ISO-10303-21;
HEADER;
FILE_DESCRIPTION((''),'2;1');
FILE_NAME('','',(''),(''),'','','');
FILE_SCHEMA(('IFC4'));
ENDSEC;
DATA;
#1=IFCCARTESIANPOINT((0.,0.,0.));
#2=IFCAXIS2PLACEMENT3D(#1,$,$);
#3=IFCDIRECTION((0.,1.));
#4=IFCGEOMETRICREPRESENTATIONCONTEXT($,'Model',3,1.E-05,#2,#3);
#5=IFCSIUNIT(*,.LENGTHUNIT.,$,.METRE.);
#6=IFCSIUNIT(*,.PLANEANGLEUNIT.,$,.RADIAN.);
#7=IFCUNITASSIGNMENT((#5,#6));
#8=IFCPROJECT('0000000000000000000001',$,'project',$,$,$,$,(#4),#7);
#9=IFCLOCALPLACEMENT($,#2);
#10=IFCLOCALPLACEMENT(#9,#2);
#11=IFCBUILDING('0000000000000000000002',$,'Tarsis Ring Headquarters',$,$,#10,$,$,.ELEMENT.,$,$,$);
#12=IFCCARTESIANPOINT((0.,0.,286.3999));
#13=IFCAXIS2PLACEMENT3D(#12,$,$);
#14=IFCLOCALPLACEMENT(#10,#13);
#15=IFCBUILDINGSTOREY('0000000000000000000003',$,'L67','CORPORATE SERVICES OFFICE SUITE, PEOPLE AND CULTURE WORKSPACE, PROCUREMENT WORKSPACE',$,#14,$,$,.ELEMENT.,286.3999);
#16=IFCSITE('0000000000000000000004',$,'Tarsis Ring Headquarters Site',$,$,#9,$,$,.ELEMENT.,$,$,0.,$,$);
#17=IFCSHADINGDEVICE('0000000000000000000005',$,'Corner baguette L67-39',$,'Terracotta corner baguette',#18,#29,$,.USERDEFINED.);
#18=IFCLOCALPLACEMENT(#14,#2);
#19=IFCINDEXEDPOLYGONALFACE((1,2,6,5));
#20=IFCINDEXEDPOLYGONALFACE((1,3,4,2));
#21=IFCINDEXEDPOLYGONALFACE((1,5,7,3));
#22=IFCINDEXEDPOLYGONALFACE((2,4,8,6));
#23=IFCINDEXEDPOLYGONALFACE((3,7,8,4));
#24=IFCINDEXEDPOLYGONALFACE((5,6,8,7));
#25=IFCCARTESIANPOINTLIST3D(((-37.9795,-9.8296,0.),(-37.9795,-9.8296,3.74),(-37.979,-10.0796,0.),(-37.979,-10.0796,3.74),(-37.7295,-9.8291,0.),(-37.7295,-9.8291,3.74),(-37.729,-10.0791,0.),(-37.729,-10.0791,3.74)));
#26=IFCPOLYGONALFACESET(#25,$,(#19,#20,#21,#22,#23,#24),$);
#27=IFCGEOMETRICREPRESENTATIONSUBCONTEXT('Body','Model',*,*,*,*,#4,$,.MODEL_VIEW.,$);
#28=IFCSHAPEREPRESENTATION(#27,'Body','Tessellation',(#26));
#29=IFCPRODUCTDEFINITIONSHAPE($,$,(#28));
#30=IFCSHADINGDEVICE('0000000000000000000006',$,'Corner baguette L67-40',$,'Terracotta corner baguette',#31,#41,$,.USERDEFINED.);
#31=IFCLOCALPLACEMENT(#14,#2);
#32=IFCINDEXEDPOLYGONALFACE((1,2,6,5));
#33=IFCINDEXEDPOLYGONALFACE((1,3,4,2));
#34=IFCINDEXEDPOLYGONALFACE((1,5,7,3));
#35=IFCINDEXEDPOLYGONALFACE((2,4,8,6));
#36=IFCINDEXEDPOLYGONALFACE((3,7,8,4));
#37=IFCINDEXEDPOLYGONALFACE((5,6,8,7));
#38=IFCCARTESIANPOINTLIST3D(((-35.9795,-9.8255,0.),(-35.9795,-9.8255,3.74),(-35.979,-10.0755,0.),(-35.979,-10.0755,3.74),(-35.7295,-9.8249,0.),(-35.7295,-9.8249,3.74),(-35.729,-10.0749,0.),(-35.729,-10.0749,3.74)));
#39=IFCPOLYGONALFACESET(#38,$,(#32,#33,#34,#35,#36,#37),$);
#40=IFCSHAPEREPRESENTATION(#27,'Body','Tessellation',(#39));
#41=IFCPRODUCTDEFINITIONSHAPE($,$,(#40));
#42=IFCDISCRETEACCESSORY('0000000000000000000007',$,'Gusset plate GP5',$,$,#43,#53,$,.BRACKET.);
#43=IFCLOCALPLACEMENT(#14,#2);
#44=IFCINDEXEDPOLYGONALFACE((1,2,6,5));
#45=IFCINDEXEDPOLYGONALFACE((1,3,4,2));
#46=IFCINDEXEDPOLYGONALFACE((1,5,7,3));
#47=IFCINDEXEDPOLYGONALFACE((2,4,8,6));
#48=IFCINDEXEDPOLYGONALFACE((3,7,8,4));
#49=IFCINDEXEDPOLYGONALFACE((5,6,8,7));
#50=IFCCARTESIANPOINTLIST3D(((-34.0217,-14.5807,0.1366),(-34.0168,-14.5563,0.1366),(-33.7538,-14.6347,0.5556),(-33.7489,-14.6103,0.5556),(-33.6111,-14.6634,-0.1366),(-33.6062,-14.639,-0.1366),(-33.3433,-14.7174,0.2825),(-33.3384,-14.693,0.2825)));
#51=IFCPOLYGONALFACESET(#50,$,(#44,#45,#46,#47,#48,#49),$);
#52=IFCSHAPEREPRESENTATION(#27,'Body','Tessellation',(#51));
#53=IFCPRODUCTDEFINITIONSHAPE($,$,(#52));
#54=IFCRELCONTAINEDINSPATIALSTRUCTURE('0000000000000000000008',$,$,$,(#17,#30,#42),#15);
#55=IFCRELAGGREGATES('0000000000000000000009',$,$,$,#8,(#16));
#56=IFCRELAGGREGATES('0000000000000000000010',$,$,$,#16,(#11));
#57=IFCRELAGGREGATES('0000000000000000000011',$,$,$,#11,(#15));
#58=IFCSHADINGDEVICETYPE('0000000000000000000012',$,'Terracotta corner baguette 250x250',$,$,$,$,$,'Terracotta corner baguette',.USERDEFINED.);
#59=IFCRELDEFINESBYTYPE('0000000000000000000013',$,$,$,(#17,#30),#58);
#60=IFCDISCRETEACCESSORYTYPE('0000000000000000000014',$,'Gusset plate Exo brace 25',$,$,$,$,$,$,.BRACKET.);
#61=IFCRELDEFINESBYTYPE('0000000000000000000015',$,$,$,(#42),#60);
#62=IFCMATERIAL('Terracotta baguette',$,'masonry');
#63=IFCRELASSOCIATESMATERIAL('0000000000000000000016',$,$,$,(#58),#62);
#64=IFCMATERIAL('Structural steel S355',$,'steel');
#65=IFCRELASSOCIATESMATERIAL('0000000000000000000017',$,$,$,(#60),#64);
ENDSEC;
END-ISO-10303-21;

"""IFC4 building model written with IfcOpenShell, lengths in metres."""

from ifc_helpers import new_model, si_unit, direction, frame, origin, origin_2d, place, context, subcontext, project, spatial, rectangle, extrude, material, material_profile, profile_set, type_object, element, save


model = new_model("IFC4")

# Units and contexts
model_context = context("Model", 3, precision=1e-05, world=origin(), true_north=direction((0.0, 1.0)))
body_context = subcontext(model_context, "Body", "Model", "MODEL_VIEW")
ifc_project = project(units=[si_unit("LENGTHUNIT", "METRE"), si_unit("PLANEANGLEUNIT", "RADIAN")], contexts=[model_context])

# Site, building, storey
site_placement = place(None, origin())
site = spatial("IfcSite", under=ifc_project, at=site_placement, Name="Tarsis Ring Headquarters Site", CompositionType="ELEMENT", RefElevation=0.0)
building_placement = place(site_placement, origin())
building = spatial("IfcBuilding", under=site, at=building_placement, Name="Tarsis Ring Headquarters", CompositionType="ELEMENT")
storey_placement = place(building_placement, frame((0.0, 0.0, 286.3999)))
storey = spatial("IfcBuildingStorey", under=building, at=storey_placement, Name="L67", Description="CORPORATE SERVICES OFFICE SUITE, PEOPLE AND CULTURE WORKSPACE, PROCUREMENT WORKSPACE", CompositionType="ELEMENT", Elevation=286.3999)

# Shared definitions
ifc_material_1 = material(Name="Structural steel S355", Category="steel")

# Shading devices
ifc_material_2 = material(Name="Terracotta baguette", Category="masonry")
shading_device_type_1 = type_object("IfcShadingDeviceType", Name="Terracotta corner baguette 250x250", ElementType="Terracotta corner baguette", PredefinedType="USERDEFINED", material=ifc_material_2)
for number, where, z_axis, x_axis, name in (
    (1, (-37.8542, -9.9543, 0.0), (0.0, 0.0, 1.0), (0.002094, -0.999998, 0.0), "Corner baguette L67-39"),
    (2, (-35.8542, -9.9502, 0.0), (0.0, 0.0, 1.0), (0.999998, 0.002094, 0.0), "Corner baguette L67-40"),
):
    element("IfcShadingDevice", number, at=place(storey_placement, frame(where, z_axis=z_axis, x_axis=x_axis)), inside=storey, type_object=shading_device_type_1, Name=name, ObjectType="Terracotta corner baguette", PredefinedType="USERDEFINED", context=body_context, shape_type="SweptSolid", body=[
        extrude(rectangle(XDim=0.25, YDim=0.25, at=origin_2d()), origin(), (0.0, 0.0, 1.0), 3.74),
    ])

# Discrete accessory
ifc_material_profile_1 = material_profile(ifc_material_1, rectangle(XDim=0.0249, YDim=0.5, at=origin_2d()), Name="PL 25x500")
ifc_profile_set_1 = profile_set([ifc_material_profile_1], Name="Structural steel S355")
discrete_accessory_type = type_object("IfcDiscreteAccessoryType", Name="Gusset plate Exo brace 25", PredefinedType="BRACKET", material=ifc_profile_set_1)
discrete_accessory_placement = place(storey_placement, frame((-33.814, -14.6099, 0.0), z_axis=(0.535478, -0.107877, 0.837631), x_axis=(0.197491, 0.980305, 0.0)))
element("IfcDiscreteAccessory", 3, at=discrete_accessory_placement, inside=storey, type_object=discrete_accessory_type, Name="Gusset plate GP5", PredefinedType="BRACKET", context=body_context, shape_type="SweptSolid", body=[
    extrude(rectangle(XDim=0.0249, YDim=0.5, at=origin_2d()), origin(), (0.0, 0.0, 1.0), 0.5002),
])

save(model, "model.ifc")
